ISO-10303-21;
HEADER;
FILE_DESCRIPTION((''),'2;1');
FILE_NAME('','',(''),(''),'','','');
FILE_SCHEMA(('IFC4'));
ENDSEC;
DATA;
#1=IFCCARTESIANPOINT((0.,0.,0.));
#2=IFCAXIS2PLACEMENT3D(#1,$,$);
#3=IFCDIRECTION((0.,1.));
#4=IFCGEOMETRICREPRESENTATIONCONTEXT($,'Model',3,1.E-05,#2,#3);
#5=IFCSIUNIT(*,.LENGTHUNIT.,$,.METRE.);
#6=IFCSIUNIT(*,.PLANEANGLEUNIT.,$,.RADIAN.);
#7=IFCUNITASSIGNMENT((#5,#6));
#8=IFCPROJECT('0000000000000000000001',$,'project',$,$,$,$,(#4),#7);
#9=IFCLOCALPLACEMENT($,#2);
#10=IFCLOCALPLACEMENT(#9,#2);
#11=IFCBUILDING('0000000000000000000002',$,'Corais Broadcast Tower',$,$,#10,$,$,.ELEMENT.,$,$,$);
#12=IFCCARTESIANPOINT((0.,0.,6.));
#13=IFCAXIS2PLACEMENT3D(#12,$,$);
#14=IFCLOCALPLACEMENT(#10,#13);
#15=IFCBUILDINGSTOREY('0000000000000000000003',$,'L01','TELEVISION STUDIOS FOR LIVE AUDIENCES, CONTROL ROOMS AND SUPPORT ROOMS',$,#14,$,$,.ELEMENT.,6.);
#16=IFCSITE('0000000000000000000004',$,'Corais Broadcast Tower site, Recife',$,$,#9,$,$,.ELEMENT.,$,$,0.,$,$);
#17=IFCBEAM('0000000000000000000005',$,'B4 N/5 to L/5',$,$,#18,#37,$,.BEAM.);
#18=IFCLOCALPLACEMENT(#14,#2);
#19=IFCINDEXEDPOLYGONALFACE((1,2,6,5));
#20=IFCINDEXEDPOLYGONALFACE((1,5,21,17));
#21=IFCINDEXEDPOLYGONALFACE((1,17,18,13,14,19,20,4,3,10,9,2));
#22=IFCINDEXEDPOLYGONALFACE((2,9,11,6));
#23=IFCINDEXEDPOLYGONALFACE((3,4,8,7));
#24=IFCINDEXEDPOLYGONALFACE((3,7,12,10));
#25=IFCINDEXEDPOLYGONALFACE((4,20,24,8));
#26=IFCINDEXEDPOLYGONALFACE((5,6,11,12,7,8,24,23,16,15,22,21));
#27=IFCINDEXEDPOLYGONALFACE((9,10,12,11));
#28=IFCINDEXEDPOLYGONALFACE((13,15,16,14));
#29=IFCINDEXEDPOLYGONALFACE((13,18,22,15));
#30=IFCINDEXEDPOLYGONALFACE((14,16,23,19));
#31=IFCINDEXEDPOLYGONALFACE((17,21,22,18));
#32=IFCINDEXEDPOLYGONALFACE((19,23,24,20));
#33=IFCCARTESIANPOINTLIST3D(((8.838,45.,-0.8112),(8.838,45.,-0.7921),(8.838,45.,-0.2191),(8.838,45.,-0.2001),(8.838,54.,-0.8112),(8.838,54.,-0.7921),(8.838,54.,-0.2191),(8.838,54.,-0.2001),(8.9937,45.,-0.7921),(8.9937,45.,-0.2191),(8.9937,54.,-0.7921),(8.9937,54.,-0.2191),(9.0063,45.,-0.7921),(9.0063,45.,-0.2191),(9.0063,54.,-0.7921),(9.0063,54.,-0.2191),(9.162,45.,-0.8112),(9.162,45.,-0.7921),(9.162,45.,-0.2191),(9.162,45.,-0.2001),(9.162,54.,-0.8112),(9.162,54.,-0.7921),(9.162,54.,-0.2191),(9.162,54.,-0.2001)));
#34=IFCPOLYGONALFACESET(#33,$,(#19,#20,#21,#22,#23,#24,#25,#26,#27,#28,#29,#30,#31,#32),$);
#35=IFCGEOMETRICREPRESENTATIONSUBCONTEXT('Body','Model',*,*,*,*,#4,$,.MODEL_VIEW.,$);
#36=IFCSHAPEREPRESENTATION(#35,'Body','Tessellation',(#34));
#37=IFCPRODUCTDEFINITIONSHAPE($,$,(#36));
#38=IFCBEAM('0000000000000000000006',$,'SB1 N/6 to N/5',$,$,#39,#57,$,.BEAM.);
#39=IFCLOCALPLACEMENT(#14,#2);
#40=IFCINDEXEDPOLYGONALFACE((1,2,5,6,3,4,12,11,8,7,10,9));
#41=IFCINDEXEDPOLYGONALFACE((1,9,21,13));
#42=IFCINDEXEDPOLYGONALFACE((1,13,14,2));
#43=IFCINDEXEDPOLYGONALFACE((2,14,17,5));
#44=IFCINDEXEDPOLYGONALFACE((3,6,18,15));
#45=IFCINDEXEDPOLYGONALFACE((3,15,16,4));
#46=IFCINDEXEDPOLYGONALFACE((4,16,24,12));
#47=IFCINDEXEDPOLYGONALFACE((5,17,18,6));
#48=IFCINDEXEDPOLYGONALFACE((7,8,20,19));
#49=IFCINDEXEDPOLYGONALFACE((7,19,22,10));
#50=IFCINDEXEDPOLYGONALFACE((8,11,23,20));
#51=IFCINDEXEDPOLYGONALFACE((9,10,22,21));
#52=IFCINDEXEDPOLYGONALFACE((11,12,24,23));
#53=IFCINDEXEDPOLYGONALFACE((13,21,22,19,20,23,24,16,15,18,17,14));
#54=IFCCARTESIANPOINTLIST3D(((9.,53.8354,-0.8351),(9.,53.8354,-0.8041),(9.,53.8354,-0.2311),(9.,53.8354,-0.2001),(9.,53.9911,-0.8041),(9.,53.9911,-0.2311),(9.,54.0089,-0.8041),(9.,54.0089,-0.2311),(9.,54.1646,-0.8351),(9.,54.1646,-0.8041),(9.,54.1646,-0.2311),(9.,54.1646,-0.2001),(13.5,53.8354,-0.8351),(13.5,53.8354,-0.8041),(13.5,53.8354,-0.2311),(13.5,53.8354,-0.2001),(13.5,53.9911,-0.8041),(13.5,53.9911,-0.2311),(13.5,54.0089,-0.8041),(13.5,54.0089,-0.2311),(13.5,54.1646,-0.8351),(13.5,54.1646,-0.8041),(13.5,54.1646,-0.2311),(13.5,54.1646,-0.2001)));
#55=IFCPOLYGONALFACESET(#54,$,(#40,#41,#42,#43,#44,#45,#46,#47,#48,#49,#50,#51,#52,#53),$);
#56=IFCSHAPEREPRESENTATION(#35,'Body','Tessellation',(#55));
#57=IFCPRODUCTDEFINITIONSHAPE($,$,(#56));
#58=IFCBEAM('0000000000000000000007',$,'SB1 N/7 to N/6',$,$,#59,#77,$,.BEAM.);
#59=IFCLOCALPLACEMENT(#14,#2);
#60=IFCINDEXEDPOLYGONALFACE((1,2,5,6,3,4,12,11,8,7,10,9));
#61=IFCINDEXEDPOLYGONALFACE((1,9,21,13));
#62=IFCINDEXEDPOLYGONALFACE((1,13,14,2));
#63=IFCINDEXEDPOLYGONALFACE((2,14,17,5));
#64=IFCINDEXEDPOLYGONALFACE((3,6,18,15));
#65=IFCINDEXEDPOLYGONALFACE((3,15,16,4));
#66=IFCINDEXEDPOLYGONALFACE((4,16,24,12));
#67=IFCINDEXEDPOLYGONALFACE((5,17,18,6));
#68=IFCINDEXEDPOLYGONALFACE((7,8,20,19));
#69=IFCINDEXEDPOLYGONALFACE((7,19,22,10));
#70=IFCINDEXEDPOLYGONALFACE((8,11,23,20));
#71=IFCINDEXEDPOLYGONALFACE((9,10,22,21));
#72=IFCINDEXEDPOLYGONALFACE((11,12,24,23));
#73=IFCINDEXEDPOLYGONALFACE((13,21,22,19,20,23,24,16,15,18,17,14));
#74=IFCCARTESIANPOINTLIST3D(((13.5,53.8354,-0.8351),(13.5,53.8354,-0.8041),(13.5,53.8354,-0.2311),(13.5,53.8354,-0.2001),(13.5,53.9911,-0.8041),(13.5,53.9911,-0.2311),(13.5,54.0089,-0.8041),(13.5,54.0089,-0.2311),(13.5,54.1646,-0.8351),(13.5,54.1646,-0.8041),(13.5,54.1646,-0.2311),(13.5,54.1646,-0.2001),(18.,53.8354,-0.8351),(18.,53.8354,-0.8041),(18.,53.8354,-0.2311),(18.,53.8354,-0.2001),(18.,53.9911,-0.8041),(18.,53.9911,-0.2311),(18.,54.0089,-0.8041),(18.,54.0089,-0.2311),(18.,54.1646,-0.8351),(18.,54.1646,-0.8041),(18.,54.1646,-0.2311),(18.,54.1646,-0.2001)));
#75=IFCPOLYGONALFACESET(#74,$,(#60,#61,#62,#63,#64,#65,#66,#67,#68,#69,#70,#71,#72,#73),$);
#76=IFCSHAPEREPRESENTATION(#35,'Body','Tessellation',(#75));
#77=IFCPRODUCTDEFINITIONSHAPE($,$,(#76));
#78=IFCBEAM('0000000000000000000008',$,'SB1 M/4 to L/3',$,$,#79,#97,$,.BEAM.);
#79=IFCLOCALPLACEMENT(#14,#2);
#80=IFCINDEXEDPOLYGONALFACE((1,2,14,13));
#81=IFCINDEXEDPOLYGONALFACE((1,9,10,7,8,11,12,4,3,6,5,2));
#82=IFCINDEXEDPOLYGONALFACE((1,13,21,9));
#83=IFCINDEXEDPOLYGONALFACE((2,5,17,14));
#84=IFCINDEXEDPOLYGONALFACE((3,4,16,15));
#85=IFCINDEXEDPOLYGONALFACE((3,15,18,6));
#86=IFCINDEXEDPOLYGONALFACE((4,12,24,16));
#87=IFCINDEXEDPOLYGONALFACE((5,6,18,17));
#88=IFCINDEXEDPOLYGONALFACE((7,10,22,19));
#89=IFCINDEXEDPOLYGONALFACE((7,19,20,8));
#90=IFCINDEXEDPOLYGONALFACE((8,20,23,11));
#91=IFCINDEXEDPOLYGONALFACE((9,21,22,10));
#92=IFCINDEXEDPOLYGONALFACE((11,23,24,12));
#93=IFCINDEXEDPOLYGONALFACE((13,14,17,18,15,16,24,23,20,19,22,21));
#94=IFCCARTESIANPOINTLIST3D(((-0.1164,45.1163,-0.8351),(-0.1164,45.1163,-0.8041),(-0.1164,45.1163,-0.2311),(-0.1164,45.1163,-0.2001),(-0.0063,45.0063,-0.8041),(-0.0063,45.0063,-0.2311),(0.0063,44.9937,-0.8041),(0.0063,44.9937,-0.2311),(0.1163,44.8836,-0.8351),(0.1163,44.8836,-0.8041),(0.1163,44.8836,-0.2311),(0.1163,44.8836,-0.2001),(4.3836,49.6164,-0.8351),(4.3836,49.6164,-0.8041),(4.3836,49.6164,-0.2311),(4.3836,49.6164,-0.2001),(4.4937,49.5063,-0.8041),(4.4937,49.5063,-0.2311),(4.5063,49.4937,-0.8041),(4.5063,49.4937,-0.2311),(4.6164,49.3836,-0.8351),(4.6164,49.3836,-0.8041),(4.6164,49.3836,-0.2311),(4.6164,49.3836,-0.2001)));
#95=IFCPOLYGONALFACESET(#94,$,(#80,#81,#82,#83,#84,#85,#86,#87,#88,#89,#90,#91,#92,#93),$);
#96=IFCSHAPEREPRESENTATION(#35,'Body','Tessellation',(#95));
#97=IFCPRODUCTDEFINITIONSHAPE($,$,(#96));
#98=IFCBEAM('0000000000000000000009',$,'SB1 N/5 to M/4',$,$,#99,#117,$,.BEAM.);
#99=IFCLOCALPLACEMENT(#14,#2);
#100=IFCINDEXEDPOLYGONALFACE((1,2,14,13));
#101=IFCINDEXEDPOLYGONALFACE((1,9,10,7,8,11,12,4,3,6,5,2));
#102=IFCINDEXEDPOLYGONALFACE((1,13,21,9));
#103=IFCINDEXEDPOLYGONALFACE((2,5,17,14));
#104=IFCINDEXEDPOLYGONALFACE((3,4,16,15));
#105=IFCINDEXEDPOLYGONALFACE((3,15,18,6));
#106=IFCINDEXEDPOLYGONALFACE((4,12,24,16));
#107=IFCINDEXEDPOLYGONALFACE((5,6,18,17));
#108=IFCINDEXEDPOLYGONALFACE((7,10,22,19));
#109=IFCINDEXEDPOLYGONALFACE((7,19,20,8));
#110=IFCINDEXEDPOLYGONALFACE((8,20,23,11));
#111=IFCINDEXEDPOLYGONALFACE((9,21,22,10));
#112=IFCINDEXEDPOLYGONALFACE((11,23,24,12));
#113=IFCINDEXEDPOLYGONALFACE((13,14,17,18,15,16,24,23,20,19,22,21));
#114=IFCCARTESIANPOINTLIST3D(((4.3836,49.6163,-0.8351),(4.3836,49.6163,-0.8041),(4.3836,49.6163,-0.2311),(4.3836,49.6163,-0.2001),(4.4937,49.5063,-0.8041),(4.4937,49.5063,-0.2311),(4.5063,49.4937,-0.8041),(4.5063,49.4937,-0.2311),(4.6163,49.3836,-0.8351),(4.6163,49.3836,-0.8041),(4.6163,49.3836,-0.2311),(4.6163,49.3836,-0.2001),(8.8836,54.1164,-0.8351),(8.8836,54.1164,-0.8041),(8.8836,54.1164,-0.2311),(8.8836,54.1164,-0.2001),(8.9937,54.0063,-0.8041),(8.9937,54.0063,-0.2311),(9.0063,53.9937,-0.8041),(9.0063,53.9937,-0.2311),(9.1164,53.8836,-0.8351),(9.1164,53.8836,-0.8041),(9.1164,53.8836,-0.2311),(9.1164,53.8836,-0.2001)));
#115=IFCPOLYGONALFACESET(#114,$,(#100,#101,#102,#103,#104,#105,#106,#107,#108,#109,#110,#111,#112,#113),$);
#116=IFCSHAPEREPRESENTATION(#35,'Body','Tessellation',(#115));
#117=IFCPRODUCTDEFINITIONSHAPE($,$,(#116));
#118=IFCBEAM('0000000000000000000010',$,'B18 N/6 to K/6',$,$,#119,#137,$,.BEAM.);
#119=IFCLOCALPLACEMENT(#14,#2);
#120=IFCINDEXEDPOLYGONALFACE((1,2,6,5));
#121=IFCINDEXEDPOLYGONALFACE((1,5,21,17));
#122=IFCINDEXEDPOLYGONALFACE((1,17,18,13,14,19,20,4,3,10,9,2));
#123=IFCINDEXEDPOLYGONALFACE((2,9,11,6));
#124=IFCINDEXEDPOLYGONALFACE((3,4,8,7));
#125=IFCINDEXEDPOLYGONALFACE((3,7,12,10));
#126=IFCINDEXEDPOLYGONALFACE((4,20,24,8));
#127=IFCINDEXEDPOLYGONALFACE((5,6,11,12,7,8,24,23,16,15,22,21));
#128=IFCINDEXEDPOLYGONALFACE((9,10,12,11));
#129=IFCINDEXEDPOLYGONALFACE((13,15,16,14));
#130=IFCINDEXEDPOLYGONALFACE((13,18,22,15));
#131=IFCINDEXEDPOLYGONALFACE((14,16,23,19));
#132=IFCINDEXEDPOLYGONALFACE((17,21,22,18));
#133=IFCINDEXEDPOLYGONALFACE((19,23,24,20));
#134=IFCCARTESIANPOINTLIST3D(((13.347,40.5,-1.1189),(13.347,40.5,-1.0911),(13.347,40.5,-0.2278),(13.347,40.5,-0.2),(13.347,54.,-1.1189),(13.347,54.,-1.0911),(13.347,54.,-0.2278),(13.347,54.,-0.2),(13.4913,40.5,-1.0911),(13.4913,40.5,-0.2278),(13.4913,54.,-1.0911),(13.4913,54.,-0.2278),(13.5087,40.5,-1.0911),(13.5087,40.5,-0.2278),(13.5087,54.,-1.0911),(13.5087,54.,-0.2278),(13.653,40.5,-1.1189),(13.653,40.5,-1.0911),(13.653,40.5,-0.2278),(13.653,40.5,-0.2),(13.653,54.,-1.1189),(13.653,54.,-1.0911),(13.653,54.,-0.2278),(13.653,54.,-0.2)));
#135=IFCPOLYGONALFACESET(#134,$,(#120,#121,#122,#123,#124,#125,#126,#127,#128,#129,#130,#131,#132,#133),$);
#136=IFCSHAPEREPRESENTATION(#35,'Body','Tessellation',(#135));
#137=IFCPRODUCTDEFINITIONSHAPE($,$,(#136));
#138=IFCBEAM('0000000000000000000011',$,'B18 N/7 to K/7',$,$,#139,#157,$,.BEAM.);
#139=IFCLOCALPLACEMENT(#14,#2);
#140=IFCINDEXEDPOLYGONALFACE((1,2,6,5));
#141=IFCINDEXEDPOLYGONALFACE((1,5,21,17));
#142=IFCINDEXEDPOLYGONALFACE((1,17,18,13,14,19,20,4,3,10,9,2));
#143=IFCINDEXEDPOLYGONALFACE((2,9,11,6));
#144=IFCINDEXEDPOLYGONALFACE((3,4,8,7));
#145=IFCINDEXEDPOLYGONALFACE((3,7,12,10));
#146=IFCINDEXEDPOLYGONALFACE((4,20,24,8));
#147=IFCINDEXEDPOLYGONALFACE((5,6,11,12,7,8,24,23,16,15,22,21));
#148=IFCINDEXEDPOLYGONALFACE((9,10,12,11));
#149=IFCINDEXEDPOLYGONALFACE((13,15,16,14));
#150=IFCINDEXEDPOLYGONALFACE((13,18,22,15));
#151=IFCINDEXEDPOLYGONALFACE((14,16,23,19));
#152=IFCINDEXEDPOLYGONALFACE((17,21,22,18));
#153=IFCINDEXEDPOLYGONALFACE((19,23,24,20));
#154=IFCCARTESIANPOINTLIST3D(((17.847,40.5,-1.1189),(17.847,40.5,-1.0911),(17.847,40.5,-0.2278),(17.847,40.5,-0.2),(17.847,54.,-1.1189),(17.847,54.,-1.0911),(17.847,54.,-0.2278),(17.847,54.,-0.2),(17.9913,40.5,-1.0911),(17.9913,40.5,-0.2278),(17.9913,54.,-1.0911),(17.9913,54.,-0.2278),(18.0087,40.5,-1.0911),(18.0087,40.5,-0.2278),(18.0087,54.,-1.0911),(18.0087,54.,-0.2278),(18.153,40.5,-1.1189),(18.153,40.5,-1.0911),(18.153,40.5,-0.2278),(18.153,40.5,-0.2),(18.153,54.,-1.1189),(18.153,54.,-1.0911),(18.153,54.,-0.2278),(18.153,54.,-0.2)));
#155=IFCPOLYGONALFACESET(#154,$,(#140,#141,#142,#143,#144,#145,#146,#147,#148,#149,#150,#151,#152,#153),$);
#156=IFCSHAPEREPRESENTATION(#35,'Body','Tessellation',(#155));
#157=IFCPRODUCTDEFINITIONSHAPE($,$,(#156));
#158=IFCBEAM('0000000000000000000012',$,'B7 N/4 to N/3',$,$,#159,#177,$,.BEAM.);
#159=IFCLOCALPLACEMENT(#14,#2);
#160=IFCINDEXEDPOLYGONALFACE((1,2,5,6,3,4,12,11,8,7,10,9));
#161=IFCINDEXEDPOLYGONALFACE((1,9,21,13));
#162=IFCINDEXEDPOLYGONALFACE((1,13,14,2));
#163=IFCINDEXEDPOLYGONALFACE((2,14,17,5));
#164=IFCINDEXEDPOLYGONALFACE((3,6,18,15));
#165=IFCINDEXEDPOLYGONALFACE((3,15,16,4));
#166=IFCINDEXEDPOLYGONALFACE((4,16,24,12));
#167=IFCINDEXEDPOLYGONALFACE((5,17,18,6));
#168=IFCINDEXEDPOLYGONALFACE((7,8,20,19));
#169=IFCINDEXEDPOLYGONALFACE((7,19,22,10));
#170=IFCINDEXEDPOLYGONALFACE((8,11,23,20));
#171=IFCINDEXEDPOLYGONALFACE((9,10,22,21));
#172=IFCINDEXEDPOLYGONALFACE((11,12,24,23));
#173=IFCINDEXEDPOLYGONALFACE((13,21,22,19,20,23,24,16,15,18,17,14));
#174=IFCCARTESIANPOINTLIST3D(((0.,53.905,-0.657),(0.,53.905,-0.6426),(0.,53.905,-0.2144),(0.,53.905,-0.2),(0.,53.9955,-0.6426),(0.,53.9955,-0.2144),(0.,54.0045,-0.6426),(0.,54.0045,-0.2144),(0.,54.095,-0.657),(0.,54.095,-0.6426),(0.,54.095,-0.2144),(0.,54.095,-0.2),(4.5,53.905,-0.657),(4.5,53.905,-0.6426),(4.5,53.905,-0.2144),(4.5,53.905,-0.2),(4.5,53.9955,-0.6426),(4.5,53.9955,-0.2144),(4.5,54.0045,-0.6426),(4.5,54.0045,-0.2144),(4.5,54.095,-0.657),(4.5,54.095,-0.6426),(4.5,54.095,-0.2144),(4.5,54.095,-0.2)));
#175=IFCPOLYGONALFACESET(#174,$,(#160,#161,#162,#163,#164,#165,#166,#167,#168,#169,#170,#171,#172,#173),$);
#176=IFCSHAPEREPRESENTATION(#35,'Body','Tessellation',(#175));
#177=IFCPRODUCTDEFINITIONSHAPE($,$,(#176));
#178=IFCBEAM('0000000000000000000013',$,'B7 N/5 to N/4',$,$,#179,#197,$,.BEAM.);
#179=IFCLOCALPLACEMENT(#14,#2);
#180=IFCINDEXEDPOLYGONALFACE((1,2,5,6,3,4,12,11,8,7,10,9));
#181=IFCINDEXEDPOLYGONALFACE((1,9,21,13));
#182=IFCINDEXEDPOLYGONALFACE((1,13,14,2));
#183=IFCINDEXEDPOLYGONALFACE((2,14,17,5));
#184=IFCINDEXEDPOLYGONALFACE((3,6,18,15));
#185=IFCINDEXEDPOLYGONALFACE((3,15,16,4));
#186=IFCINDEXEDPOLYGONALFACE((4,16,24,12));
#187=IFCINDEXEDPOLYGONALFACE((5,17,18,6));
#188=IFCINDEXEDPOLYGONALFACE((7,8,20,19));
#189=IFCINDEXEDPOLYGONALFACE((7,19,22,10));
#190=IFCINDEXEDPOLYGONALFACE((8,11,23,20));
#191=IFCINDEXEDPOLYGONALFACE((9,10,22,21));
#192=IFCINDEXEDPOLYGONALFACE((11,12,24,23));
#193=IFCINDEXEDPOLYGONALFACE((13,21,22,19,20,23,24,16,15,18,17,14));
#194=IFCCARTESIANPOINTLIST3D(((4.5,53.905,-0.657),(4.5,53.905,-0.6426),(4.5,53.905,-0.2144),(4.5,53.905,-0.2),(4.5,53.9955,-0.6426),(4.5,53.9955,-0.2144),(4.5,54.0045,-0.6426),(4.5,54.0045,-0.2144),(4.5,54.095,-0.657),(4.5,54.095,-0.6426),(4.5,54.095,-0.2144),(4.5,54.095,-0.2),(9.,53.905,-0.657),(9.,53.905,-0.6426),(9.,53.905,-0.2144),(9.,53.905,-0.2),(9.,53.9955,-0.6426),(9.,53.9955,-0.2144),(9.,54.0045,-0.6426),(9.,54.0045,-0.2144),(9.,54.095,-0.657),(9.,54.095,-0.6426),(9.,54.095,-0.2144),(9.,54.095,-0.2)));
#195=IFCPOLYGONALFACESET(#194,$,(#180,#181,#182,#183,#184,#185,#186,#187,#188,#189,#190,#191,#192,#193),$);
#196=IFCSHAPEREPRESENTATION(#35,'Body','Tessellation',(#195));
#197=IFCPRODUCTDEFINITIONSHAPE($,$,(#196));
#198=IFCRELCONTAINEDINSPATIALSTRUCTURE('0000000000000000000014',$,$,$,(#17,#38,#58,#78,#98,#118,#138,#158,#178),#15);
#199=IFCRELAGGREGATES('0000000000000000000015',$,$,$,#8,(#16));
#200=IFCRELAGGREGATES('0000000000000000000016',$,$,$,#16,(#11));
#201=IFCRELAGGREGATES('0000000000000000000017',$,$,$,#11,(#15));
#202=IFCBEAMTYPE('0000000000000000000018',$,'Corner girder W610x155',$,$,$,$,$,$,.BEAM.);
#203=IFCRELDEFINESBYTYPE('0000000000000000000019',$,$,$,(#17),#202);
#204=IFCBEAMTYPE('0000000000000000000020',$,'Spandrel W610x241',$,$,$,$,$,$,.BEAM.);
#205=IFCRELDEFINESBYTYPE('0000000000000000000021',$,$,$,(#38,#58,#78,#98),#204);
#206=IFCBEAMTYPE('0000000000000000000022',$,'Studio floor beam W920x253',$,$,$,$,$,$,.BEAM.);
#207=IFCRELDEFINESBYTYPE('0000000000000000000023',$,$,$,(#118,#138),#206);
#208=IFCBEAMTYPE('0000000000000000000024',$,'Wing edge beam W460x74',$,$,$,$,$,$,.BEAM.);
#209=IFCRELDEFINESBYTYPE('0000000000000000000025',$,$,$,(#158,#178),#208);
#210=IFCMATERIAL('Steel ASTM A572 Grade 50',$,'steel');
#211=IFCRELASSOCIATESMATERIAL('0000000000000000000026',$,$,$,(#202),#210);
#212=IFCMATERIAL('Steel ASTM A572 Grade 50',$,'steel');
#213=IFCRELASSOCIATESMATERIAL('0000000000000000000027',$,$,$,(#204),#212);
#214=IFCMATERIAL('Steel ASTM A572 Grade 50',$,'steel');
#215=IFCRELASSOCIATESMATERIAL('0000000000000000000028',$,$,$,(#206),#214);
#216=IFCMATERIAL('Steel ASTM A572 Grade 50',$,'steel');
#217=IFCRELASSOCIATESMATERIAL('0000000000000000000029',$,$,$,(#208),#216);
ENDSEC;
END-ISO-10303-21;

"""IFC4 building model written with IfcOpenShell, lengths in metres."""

from ifc_helpers import new_model, si_unit, direction, frame, origin, origin_2d, place, context, subcontext, project, spatial, i_section, extrude, material, material_profile, profile_set, type_object, element, save


model = new_model("IFC4")

# Units and contexts
model_context = context("Model", 3, precision=1e-05, world=origin(), true_north=direction((0.0, 1.0)))
body_context = subcontext(model_context, "Body", "Model", "MODEL_VIEW")
ifc_project = project(units=[si_unit("LENGTHUNIT", "METRE"), si_unit("PLANEANGLEUNIT", "RADIAN")], contexts=[model_context])

# Site, building, storey
site_placement = place(None, origin())
site = spatial("IfcSite", under=ifc_project, at=site_placement, Name="Corais Broadcast Tower site, Recife", CompositionType="ELEMENT", RefElevation=0.0)
building_placement = place(site_placement, origin())
building = spatial("IfcBuilding", under=site, at=building_placement, Name="Corais Broadcast Tower", CompositionType="ELEMENT")
storey_placement = place(building_placement, frame((0.0, 0.0, 6.0)))
storey = spatial("IfcBuildingStorey", under=building, at=storey_placement, Name="L01", Description="TELEVISION STUDIOS FOR LIVE AUDIENCES, CONTROL ROOMS AND SUPPORT ROOMS", CompositionType="ELEMENT", Elevation=6.0)

# Beams
ifc_material_1 = material(Name="Steel ASTM A572 Grade 50", Category="steel")
ifc_material_profile_1 = material_profile(ifc_material_1, i_section(OverallWidth=0.324, OverallDepth=0.6111, WebThickness=0.0127, FlangeThickness=0.019, at=origin_2d()), Name="W610x155")
ifc_profile_set_1 = profile_set([ifc_material_profile_1], Name="Steel ASTM A572 Grade 50")
beam_type_1 = type_object("IfcBeamType", Name="Corner girder W610x155", PredefinedType="BEAM", material=ifc_profile_set_1)
beam_1_placement = place(storey_placement, frame((9.0, 54.0, -0.5056), z_axis=(0.0, -1.0, 0.0), x_axis=(1.0, 0.0, 0.0)))
element("IfcBeam", 1, at=beam_1_placement, inside=storey, type_object=beam_type_1, Name="B4 N/5 to L/5", PredefinedType="BEAM", context=body_context, shape_type="SweptSolid", body=[
    extrude(i_section(OverallWidth=0.324, OverallDepth=0.6111, WebThickness=0.0127, FlangeThickness=0.019, at=origin_2d()), origin(), (0.0, 0.0, 1.0), 9.0),
])
ifc_material_2 = material(Name="Steel ASTM A572 Grade 50", Category="steel")
ifc_material_profile_2 = material_profile(ifc_material_2, i_section(OverallWidth=0.3291, OverallDepth=0.635, WebThickness=0.0178, FlangeThickness=0.031, at=origin_2d()), Name="W610x241")
ifc_profile_set_2 = profile_set([ifc_material_profile_2], Name="Steel ASTM A572 Grade 50")
beam_type_2 = type_object("IfcBeamType", Name="Spandrel W610x241", PredefinedType="BEAM", material=ifc_profile_set_2)
for number, where, z_axis, x_axis, name in (
    (2, (13.5, 54.0, -0.5176), (-1.0, 0.0, 0.0), (0.0, -1.0, 0.0), "SB1 N/6 to N/5"),
    (3, (18.0, 54.0, -0.5176), (-1.0, 0.0, 0.0), (0.0, -1.0, 0.0), "SB1 N/7 to N/6"),
):
    element("IfcBeam", number, at=place(storey_placement, frame(where, z_axis=z_axis, x_axis=x_axis)), inside=storey, type_object=beam_type_2, Name=name, PredefinedType="BEAM", context=body_context, shape_type="SweptSolid", body=[
        extrude(i_section(OverallWidth=0.3291, OverallDepth=0.635, WebThickness=0.0178, FlangeThickness=0.031, at=origin_2d()), origin(), (0.0, 0.0, 1.0), 4.5),
    ])
for number, where, z_axis, x_axis, name in (
    (4, (4.5, 49.5, -0.5176), (-0.707107, -0.707107, 0.0), (0.707107, -0.707107, 0.0), "SB1 M/4 to L/3"),
    (5, (9.0, 54.0, -0.5176), (-0.707107, -0.707107, 0.0), (0.707107, -0.707107, 0.0), "SB1 N/5 to M/4"),
):
    element("IfcBeam", number, at=place(storey_placement, frame(where, z_axis=z_axis, x_axis=x_axis)), inside=storey, type_object=beam_type_2, Name=name, PredefinedType="BEAM", context=body_context, shape_type="SweptSolid", body=[
        extrude(i_section(OverallWidth=0.3291, OverallDepth=0.635, WebThickness=0.0178, FlangeThickness=0.031, at=origin_2d()), origin(), (0.0, 0.0, 1.0), 6.364),
    ])
ifc_material_3 = material(Name="Steel ASTM A572 Grade 50", Category="steel")
ifc_material_profile_3 = material_profile(ifc_material_3, i_section(OverallWidth=0.3059, OverallDepth=0.9189, WebThickness=0.0173, FlangeThickness=0.0278, at=origin_2d()), Name="W920x253")
ifc_profile_set_3 = profile_set([ifc_material_profile_3], Name="Steel ASTM A572 Grade 50")
beam_type_3 = type_object("IfcBeamType", Name="Studio floor beam W920x253", PredefinedType="BEAM", material=ifc_profile_set_3)
for number, where, z_axis, x_axis, name in (
    (6, (13.5, 54.0, -0.6594), (0.0, -1.0, 0.0), (1.0, 0.0, 0.0), "B18 N/6 to K/6"),
    (7, (18.0, 54.0, -0.6594), (0.0, -1.0, 0.0), (1.0, 0.0, 0.0), "B18 N/7 to K/7"),
):
    element("IfcBeam", number, at=place(storey_placement, frame(where, z_axis=z_axis, x_axis=x_axis)), inside=storey, type_object=beam_type_3, Name=name, PredefinedType="BEAM", context=body_context, shape_type="SweptSolid", body=[
        extrude(i_section(OverallWidth=0.3059, OverallDepth=0.9189, WebThickness=0.0173, FlangeThickness=0.0278, at=origin_2d()), origin(), (0.0, 0.0, 1.0), 13.5),
    ])
ifc_material_4 = material(Name="Steel ASTM A572 Grade 50", Category="steel")
ifc_material_profile_4 = material_profile(ifc_material_4, i_section(OverallWidth=0.1899, OverallDepth=0.457, WebThickness=0.009, FlangeThickness=0.0144, at=origin_2d()), Name="W460x74")
ifc_profile_set_4 = profile_set([ifc_material_profile_4], Name="Steel ASTM A572 Grade 50")
beam_type_4 = type_object("IfcBeamType", Name="Wing edge beam W460x74", PredefinedType="BEAM", material=ifc_profile_set_4)
for number, where, z_axis, x_axis, name in (
    (8, (4.5, 54.0, -0.4285), (-1.0, 0.0, 0.0), (0.0, -1.0, 0.0), "B7 N/4 to N/3"),
    (9, (9.0, 54.0, -0.4285), (-1.0, 0.0, 0.0), (0.0, -1.0, 0.0), "B7 N/5 to N/4"),
):
    element("IfcBeam", number, at=place(storey_placement, frame(where, z_axis=z_axis, x_axis=x_axis)), inside=storey, type_object=beam_type_4, Name=name, PredefinedType="BEAM", context=body_context, shape_type="SweptSolid", body=[
        extrude(i_section(OverallWidth=0.1899, OverallDepth=0.457, WebThickness=0.009, FlangeThickness=0.0144, at=origin_2d()), origin(), (0.0, 0.0, 1.0), 4.5),
    ])

save(model, "model.ifc")
